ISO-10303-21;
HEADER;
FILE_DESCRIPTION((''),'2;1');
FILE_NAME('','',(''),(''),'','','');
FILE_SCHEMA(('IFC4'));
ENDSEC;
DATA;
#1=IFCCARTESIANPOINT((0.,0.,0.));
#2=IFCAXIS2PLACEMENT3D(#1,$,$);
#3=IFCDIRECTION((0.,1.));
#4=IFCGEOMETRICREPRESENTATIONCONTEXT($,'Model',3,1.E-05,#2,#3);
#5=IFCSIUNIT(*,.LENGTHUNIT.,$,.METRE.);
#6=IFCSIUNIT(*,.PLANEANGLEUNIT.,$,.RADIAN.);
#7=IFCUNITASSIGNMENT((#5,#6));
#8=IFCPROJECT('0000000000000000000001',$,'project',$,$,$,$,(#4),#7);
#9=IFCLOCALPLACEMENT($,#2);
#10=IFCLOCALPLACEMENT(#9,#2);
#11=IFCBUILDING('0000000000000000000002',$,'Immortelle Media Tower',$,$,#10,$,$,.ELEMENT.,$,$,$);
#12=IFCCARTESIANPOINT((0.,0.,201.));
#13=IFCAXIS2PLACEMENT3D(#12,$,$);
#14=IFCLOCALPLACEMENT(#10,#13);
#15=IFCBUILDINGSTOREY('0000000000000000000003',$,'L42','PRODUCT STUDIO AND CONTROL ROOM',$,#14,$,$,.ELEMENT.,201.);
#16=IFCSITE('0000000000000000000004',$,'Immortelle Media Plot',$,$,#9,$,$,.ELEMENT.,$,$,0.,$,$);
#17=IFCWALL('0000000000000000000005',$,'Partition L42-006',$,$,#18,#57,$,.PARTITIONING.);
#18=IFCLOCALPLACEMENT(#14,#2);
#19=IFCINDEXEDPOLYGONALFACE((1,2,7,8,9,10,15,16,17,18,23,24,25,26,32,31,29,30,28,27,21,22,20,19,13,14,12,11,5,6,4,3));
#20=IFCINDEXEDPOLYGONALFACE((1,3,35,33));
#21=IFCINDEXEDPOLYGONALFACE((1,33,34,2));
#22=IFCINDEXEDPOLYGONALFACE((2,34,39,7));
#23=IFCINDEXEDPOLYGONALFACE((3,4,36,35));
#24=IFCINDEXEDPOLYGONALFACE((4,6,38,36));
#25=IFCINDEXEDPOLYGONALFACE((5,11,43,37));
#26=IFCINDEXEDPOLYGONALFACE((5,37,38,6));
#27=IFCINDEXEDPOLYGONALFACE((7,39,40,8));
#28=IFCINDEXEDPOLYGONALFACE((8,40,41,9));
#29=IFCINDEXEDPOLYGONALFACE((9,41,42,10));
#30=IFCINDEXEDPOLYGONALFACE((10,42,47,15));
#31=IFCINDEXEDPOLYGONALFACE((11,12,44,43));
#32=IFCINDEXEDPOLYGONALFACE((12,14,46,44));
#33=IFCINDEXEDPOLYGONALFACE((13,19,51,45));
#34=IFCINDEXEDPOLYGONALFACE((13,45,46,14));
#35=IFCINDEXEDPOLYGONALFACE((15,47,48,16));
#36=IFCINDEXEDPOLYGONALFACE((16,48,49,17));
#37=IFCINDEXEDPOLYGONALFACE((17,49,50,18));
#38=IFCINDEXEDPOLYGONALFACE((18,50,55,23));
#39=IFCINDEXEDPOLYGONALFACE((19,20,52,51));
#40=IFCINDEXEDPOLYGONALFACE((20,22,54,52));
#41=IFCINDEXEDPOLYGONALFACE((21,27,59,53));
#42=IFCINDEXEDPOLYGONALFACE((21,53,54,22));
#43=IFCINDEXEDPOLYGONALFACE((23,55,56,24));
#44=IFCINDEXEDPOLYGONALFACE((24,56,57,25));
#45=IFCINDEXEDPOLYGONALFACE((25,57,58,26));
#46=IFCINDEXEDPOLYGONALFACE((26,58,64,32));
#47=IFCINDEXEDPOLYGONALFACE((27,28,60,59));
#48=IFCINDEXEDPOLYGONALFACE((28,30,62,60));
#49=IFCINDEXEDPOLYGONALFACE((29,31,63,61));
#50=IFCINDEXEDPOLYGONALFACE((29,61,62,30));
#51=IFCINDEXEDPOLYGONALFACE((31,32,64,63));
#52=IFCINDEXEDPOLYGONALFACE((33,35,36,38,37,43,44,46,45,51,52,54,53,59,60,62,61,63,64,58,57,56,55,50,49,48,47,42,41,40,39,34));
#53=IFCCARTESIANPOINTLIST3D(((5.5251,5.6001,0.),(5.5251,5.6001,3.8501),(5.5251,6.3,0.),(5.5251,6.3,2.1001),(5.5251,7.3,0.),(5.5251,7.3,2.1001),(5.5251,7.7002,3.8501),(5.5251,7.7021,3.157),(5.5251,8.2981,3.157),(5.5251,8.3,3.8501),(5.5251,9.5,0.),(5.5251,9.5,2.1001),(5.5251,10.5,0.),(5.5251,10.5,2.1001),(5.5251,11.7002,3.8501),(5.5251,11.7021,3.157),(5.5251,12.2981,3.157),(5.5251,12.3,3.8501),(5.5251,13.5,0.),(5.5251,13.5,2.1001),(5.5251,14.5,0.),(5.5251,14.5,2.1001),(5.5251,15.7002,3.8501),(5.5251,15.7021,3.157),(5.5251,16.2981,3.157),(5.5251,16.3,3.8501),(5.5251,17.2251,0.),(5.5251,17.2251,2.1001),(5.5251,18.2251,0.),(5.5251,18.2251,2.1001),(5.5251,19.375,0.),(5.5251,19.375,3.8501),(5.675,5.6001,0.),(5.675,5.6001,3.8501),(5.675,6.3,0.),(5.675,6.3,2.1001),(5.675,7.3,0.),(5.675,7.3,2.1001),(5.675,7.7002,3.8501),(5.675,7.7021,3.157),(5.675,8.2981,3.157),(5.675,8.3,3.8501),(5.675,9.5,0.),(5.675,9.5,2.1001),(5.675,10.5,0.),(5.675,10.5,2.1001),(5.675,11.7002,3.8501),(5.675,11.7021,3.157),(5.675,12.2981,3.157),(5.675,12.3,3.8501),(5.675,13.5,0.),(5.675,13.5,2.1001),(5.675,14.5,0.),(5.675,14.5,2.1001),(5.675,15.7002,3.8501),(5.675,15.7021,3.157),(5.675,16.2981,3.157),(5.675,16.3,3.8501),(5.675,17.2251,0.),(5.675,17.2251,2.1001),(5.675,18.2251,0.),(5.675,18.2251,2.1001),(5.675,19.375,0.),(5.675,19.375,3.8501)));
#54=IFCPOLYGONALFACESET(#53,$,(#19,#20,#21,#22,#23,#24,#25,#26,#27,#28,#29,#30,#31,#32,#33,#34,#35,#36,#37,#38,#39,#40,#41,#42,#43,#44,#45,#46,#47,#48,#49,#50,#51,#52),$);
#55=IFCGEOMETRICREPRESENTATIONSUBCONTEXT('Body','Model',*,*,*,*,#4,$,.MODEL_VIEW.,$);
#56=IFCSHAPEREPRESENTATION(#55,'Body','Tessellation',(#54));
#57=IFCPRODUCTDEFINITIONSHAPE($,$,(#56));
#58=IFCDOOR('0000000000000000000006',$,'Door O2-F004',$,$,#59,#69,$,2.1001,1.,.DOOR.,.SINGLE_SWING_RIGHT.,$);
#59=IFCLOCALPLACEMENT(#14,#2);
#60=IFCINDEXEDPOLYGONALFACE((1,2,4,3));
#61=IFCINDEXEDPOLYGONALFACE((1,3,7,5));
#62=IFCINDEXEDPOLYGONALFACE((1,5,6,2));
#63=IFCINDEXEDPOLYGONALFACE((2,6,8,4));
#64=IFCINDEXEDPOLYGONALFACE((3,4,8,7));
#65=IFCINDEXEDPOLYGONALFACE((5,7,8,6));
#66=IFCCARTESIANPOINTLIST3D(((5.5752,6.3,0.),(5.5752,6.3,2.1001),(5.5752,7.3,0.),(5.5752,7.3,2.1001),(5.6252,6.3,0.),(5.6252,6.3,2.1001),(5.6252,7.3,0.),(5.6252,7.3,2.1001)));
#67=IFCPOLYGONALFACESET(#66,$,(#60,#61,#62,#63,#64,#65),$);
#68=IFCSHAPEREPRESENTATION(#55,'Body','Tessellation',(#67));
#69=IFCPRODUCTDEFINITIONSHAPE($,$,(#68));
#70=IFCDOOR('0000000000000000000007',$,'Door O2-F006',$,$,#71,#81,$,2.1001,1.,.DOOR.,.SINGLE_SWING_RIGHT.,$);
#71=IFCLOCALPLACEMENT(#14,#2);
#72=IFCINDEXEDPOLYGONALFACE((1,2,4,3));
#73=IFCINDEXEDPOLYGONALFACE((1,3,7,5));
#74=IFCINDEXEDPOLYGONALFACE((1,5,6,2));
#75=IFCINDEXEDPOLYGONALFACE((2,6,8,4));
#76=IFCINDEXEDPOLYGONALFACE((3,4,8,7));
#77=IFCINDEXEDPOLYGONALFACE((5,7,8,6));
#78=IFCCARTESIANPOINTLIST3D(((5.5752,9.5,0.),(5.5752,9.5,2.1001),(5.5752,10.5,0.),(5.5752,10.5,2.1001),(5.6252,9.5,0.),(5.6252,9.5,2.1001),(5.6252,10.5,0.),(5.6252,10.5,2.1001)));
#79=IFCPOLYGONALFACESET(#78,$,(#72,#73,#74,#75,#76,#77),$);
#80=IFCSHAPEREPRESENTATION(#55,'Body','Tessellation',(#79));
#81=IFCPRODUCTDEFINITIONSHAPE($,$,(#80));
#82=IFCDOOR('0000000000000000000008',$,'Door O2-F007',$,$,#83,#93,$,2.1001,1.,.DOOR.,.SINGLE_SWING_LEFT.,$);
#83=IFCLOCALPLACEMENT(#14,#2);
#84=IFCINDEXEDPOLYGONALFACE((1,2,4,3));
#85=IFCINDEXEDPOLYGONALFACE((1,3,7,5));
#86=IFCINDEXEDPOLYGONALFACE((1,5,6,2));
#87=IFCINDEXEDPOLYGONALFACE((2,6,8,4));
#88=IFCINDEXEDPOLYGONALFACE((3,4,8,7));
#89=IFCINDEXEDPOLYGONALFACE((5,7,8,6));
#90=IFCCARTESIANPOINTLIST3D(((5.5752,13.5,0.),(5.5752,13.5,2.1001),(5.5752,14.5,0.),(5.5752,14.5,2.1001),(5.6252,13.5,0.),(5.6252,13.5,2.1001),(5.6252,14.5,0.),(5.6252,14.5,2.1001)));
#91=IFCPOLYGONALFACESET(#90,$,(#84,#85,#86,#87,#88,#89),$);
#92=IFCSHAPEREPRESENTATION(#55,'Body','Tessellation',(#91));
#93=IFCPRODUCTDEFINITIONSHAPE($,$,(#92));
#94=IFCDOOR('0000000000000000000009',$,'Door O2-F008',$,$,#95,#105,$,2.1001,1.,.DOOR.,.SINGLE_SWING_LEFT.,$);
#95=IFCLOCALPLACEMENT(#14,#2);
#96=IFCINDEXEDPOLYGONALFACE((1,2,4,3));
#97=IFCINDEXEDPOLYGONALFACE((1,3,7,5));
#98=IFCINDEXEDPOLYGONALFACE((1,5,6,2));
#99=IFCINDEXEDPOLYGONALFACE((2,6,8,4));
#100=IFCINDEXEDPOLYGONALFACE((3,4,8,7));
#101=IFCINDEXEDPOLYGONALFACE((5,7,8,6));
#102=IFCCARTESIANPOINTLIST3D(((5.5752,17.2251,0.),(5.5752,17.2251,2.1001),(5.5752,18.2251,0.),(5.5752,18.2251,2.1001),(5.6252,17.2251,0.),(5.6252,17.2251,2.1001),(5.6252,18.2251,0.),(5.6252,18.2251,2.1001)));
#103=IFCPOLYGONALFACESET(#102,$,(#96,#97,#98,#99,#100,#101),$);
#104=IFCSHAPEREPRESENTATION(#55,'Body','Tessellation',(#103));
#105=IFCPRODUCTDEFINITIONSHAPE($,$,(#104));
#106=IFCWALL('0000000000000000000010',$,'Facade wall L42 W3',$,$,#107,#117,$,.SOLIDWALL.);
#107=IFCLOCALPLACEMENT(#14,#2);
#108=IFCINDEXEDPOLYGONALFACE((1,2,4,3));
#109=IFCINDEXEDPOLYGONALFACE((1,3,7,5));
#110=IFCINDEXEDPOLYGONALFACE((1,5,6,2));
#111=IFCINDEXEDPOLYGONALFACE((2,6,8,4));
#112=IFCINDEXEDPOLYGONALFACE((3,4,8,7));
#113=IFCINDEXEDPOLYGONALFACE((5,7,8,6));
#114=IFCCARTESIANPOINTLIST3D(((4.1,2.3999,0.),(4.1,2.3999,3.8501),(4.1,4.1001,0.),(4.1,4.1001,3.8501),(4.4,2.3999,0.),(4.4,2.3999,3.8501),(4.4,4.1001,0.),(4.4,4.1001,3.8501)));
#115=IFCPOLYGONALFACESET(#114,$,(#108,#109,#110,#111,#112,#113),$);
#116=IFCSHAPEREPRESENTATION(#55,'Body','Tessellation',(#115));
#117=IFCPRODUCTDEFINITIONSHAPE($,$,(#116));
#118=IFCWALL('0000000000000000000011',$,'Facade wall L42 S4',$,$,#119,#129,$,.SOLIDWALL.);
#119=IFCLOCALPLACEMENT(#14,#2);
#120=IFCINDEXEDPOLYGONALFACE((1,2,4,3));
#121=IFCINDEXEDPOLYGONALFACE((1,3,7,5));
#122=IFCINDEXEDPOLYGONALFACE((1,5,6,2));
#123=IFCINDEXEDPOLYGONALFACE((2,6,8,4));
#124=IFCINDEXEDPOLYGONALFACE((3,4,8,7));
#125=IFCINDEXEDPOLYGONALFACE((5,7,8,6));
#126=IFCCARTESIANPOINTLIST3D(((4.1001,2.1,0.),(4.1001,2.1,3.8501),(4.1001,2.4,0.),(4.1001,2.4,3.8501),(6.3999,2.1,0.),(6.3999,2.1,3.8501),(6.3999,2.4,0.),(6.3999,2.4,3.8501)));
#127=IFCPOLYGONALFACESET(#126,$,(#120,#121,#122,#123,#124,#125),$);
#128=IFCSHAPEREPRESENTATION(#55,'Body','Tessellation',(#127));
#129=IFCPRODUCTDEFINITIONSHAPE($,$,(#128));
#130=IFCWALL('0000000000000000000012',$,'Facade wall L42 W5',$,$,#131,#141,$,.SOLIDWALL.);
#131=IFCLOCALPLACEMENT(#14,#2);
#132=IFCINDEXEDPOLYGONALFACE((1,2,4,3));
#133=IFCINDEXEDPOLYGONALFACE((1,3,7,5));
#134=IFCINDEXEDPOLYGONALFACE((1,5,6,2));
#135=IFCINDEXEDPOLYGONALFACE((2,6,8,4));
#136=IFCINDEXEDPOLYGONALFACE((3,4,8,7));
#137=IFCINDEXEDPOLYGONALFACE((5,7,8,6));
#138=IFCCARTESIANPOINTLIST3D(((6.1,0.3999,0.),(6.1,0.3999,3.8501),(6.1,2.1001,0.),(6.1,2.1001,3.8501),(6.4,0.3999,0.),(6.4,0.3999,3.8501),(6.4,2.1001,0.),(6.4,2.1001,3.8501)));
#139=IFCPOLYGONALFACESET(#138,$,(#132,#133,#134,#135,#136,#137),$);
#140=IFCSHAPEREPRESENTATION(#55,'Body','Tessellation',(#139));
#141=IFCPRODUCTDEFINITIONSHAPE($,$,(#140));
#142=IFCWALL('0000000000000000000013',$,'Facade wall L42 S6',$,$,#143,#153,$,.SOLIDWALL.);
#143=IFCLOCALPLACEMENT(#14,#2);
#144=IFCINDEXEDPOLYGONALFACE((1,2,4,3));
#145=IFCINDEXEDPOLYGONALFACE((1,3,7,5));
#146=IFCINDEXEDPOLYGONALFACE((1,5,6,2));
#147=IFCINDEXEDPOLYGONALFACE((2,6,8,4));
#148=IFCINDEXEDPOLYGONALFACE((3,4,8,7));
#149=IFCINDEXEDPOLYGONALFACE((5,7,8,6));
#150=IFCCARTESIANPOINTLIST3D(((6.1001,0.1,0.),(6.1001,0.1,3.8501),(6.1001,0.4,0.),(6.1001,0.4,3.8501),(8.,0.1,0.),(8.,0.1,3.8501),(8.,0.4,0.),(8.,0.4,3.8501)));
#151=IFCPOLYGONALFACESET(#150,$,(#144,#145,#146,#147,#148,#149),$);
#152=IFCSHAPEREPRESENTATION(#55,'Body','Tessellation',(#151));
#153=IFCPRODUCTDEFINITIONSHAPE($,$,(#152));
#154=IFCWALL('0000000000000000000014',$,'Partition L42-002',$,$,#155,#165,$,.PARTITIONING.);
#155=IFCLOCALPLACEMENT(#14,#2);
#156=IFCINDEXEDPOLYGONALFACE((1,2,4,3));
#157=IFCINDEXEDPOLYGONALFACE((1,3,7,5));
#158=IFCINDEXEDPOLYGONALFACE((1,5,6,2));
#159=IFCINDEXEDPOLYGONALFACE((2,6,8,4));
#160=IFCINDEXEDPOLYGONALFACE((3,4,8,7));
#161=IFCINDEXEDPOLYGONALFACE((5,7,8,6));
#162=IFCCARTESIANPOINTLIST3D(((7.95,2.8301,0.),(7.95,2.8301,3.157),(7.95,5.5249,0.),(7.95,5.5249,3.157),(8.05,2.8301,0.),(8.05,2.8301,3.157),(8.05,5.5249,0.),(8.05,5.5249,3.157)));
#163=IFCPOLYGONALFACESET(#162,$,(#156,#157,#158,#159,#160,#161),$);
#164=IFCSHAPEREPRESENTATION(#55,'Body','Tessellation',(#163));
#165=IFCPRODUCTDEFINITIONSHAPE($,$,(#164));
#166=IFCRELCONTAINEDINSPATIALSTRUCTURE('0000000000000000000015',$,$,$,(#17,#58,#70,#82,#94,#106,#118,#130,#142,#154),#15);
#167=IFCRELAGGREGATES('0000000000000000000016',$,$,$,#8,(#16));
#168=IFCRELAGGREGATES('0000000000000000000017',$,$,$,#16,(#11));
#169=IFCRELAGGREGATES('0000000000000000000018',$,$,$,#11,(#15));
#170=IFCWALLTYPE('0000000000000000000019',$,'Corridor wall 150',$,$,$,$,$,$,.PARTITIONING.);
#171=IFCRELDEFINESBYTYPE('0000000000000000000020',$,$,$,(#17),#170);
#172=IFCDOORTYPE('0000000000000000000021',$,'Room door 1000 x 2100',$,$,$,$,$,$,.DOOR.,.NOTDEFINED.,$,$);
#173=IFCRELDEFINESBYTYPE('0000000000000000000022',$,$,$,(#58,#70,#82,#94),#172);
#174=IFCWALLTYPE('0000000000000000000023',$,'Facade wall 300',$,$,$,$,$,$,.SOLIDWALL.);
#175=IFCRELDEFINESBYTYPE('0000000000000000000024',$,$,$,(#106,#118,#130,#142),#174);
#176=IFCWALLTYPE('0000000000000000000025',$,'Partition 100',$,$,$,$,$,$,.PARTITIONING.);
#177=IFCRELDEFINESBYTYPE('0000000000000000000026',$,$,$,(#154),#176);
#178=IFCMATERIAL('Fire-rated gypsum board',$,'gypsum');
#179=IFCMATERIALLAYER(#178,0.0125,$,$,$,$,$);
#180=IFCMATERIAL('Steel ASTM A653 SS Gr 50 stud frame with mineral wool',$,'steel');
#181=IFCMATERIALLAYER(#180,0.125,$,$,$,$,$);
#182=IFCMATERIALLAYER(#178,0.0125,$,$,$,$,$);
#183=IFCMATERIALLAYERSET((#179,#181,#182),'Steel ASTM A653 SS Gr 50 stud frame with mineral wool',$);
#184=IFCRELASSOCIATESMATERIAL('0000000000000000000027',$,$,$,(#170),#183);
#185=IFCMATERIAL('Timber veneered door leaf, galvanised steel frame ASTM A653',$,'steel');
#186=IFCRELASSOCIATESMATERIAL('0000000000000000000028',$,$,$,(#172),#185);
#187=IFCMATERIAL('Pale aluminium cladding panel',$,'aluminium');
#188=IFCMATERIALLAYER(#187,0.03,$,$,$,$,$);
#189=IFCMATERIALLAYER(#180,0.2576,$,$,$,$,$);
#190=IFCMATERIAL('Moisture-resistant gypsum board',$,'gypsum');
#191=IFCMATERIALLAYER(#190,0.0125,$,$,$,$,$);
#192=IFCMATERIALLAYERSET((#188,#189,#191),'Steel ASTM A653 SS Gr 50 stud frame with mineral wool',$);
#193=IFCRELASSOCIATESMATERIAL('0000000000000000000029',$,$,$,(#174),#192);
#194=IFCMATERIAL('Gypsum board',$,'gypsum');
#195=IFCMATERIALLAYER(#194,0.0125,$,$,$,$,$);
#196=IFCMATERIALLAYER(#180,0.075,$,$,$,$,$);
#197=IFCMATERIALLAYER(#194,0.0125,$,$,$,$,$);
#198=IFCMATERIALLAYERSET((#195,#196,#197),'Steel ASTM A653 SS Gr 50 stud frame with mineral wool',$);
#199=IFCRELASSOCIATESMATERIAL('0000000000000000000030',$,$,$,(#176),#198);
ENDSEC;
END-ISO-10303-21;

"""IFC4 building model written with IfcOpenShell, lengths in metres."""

from ifc_helpers import new_model, si_unit, direction, frame, frame_2d, origin, place, context, subcontext, project, spatial, polyline, rectangle, outline, extrude, material, layer, layer_set, type_object, element, fill, save


model = new_model("IFC4")

# Units and contexts
model_context = context("Model", 3, precision=1e-05, world=origin(), true_north=direction((0.0, 1.0)))
body_context = subcontext(model_context, "Body", "Model", "MODEL_VIEW")
ifc_project = project(units=[si_unit("LENGTHUNIT", "METRE"), si_unit("PLANEANGLEUNIT", "RADIAN")], contexts=[model_context])

# Site, building, storey
site_placement = place(None, origin())
site = spatial("IfcSite", under=ifc_project, at=site_placement, Name="Immortelle Media Plot", CompositionType="ELEMENT", RefElevation=0.0)
building_placement = place(site_placement, origin())
building = spatial("IfcBuilding", under=site, at=building_placement, Name="Immortelle Media Tower", CompositionType="ELEMENT")
storey_placement = place(building_placement, frame((0.0, 0.0, 201.0)))
storey = spatial("IfcBuildingStorey", under=building, at=storey_placement, Name="L42", Description="PRODUCT STUDIO AND CONTROL ROOM", CompositionType="ELEMENT", Elevation=201.0)

# Wall, openings, doors
ifc_material_1 = material(Name="Fire-rated gypsum board", Category="gypsum")
ifc_layer_1 = layer(ifc_material_1, 0.0125)
ifc_material_2 = material(Name="Steel ASTM A653 SS Gr 50 stud frame with mineral wool", Category="steel")
ifc_layer_2 = layer(ifc_material_2, 0.125)
ifc_layer_3 = layer(ifc_material_1, 0.0125)
ifc_layer_set_1 = layer_set([ifc_layer_1, ifc_layer_2, ifc_layer_3], Name="Steel ASTM A653 SS Gr 50 stud frame with mineral wool")
wall_type_1 = type_object("IfcWallType", Name="Corridor wall 150", PredefinedType="PARTITIONING", material=ifc_layer_set_1)
ifc_material_3 = material(Name="Timber veneered door leaf, galvanised steel frame ASTM A653", Category="steel")
door_type = type_object("IfcDoorType", Name="Room door 1000 x 2100", OperationType="NOTDEFINED", PredefinedType="DOOR", material=ifc_material_3)
wall_1_placement = place(storey_placement, frame((5.6001, 5.6001, 0.0), z_axis=(0.0, 0.0, 1.0), x_axis=(0.0, 1.0, 0.0)))
wall_1 = element("IfcWall", 1, at=wall_1_placement, inside=storey, type_object=wall_type_1, Name="Partition L42-006", PredefinedType="PARTITIONING", context=body_context, shape_type="SweptSolid", body=[
    extrude(outline(polyline([(0.0, 0.0), (13.7749, 0.0), (13.7749, 3.8501), (10.7, 3.8501), (10.698, 3.157), (10.1021, 3.157), (10.1001, 3.8501), (6.7, 3.8501), (6.698, 3.157), (6.1021, 3.157), (6.1001, 3.8501), (2.7, 3.8501), (2.698, 3.157), (2.1021, 3.157), (2.1001, 3.8501), (0.0, 3.8501), (0.0, 0.0)])), frame((0.0, 0.075, 0.0), z_axis=(0.0, -1.0, 0.0), x_axis=(1.0, 0.0, 0.0)), (0.0, 0.0, 1.0), 0.1499),
])
opening_1_placement = place(wall_1_placement, frame((0.7, 0.0, 0.0)))
opening_1 = element("IfcOpeningElement", 2, at=opening_1_placement, cuts=wall_1, PredefinedType="OPENING", context=body_context, shape_type="SweptSolid", body=[
    extrude(rectangle(XDim=1.0, YDim=2.1001, at=frame_2d((0.5, 1.05))), frame((0.0, 0.085, 0.0), z_axis=(0.0, -1.0, 0.0), x_axis=(1.0, 0.0, 0.0)), (0.0, 0.0, 1.0), 0.1699),
])
opening_2_placement = place(wall_1_placement, frame((3.8999, 0.0, 0.0)))
opening_2 = element("IfcOpeningElement", 3, at=opening_2_placement, cuts=wall_1, PredefinedType="OPENING", context=body_context, shape_type="SweptSolid", body=[
    extrude(rectangle(XDim=1.0, YDim=2.1001, at=frame_2d((0.5, 1.05))), frame((0.0, 0.085, 0.0), z_axis=(0.0, -1.0, 0.0), x_axis=(1.0, 0.0, 0.0)), (0.0, 0.0, 1.0), 0.1699),
])
opening_3_placement = place(wall_1_placement, frame((7.8999, 0.0, 0.0)))
opening_3 = element("IfcOpeningElement", 4, at=opening_3_placement, cuts=wall_1, PredefinedType="OPENING", context=body_context, shape_type="SweptSolid", body=[
    extrude(rectangle(XDim=1.0, YDim=2.1001, at=frame_2d((0.5, 1.05))), frame((0.0, 0.085, 0.0), z_axis=(0.0, -1.0, 0.0), x_axis=(1.0, 0.0, 0.0)), (0.0, 0.0, 1.0), 0.1699),
])
opening_4_placement = place(wall_1_placement, frame((11.625, 0.0, 0.0)))
opening_4 = element("IfcOpeningElement", 5, at=opening_4_placement, cuts=wall_1, PredefinedType="OPENING", context=body_context, shape_type="SweptSolid", body=[
    extrude(rectangle(XDim=1.0, YDim=2.1001, at=frame_2d((0.5, 1.05))), frame((0.0, 0.085, 0.0), z_axis=(0.0, -1.0, 0.0), x_axis=(1.0, 0.0, 0.0)), (0.0, 0.0, 1.0), 0.1699),
])
door_1_placement = place(opening_1_placement, origin())
door_1 = element("IfcDoor", 6, at=door_1_placement, inside=storey, type_object=door_type, Name="Door O2-F004", OperationType="SINGLE_SWING_RIGHT", OverallHeight=2.1001, OverallWidth=1.0, PredefinedType="DOOR", context=body_context, shape_type="SweptSolid", body=[
    extrude(rectangle(XDim=1.0, YDim=2.1001, at=frame_2d((0.5, 1.05))), frame((0.0, 0.0249, 0.0), z_axis=(0.0, -1.0, 0.0), x_axis=(1.0, 0.0, 0.0)), (0.0, 0.0, 1.0), 0.05),
])
fill(opening_1, door_1)
door_2_placement = place(opening_2_placement, origin())
door_2 = element("IfcDoor", 7, at=door_2_placement, inside=storey, type_object=door_type, Name="Door O2-F006", OperationType="SINGLE_SWING_RIGHT", OverallHeight=2.1001, OverallWidth=1.0, PredefinedType="DOOR", context=body_context, shape_type="SweptSolid", body=[
    extrude(rectangle(XDim=1.0, YDim=2.1001, at=frame_2d((0.5, 1.05))), frame((0.0, 0.0249, 0.0), z_axis=(0.0, -1.0, 0.0), x_axis=(1.0, 0.0, 0.0)), (0.0, 0.0, 1.0), 0.05),
])
fill(opening_2, door_2)
door_3_placement = place(opening_3_placement, origin())
door_3 = element("IfcDoor", 8, at=door_3_placement, inside=storey, type_object=door_type, Name="Door O2-F007", OperationType="SINGLE_SWING_LEFT", OverallHeight=2.1001, OverallWidth=1.0, PredefinedType="DOOR", context=body_context, shape_type="SweptSolid", body=[
    extrude(rectangle(XDim=1.0, YDim=2.1001, at=frame_2d((0.5, 1.05))), frame((0.0, 0.0249, 0.0), z_axis=(0.0, -1.0, 0.0), x_axis=(1.0, 0.0, 0.0)), (0.0, 0.0, 1.0), 0.05),
])
fill(opening_3, door_3)
door_4_placement = place(opening_4_placement, origin())
door_4 = element("IfcDoor", 9, at=door_4_placement, inside=storey, type_object=door_type, Name="Door O2-F008", OperationType="SINGLE_SWING_LEFT", OverallHeight=2.1001, OverallWidth=1.0, PredefinedType="DOOR", context=body_context, shape_type="SweptSolid", body=[
    extrude(rectangle(XDim=1.0, YDim=2.1001, at=frame_2d((0.5, 1.05))), frame((0.0, 0.0249, 0.0), z_axis=(0.0, -1.0, 0.0), x_axis=(1.0, 0.0, 0.0)), (0.0, 0.0, 1.0), 0.05),
])
fill(opening_4, door_4)

# Walls
ifc_material_4 = material(Name="Pale aluminium cladding panel", Category="aluminium")
ifc_layer_4 = layer(ifc_material_4, 0.03)
ifc_layer_5 = layer(ifc_material_2, 0.2576)
ifc_material_5 = material(Name="Moisture-resistant gypsum board", Category="gypsum")
ifc_layer_6 = layer(ifc_material_5, 0.0125)
ifc_layer_set_2 = layer_set([ifc_layer_4, ifc_layer_5, ifc_layer_6], Name="Steel ASTM A653 SS Gr 50 stud frame with mineral wool")
wall_type_2 = type_object("IfcWallType", Name="Facade wall 300", PredefinedType="SOLIDWALL", material=ifc_layer_set_2)
wall_2_placement = place(storey_placement, frame((4.25, 4.1001, 0.0), z_axis=(0.0, 0.0, 1.0), x_axis=(0.0, -1.0, 0.0)))
element("IfcWall", 10, at=wall_2_placement, inside=storey, type_object=wall_type_2, Name="Facade wall L42 W3", PredefinedType="SOLIDWALL", context=body_context, shape_type="SweptSolid", body=[
    extrude(rectangle(XDim=1.7002, YDim=0.3, at=frame_2d((0.8501, 0.0))), origin(), (0.0, 0.0, 1.0), 3.8501),
])
wall_3_placement = place(storey_placement, frame((4.1001, 2.25, 0.0), z_axis=(0.0, 0.0, 1.0), x_axis=(1.0, 0.0, 0.0)))
element("IfcWall", 11, at=wall_3_placement, inside=storey, type_object=wall_type_2, Name="Facade wall L42 S4", PredefinedType="SOLIDWALL", context=body_context, shape_type="SweptSolid", body=[
    extrude(rectangle(XDim=2.2998, YDim=0.3, at=frame_2d((1.1499, 0.0))), origin(), (0.0, 0.0, 1.0), 3.8501),
])
wall_4_placement = place(storey_placement, frame((6.25, 2.1001, 0.0), z_axis=(0.0, 0.0, 1.0), x_axis=(0.0, -1.0, 0.0)))
element("IfcWall", 12, at=wall_4_placement, inside=storey, type_object=wall_type_2, Name="Facade wall L42 W5", PredefinedType="SOLIDWALL", context=body_context, shape_type="SweptSolid", body=[
    extrude(rectangle(XDim=1.7002, YDim=0.3, at=frame_2d((0.8501, 0.0))), origin(), (0.0, 0.0, 1.0), 3.8501),
])
wall_5_placement = place(storey_placement, frame((6.1001, 0.25, 0.0), z_axis=(0.0, 0.0, 1.0), x_axis=(1.0, 0.0, 0.0)))
element("IfcWall", 13, at=wall_5_placement, inside=storey, type_object=wall_type_2, Name="Facade wall L42 S6", PredefinedType="SOLIDWALL", context=body_context, shape_type="SweptSolid", body=[
    extrude(rectangle(XDim=1.8999, YDim=0.3, at=frame_2d((0.95, 0.0))), origin(), (0.0, 0.0, 1.0), 3.8501),
])
ifc_material_6 = material(Name="Gypsum board", Category="gypsum")
ifc_layer_7 = layer(ifc_material_6, 0.0125)
ifc_layer_8 = layer(ifc_material_2, 0.075)
ifc_layer_9 = layer(ifc_material_6, 0.0125)
ifc_layer_set_3 = layer_set([ifc_layer_7, ifc_layer_8, ifc_layer_9], Name="Steel ASTM A653 SS Gr 50 stud frame with mineral wool")
wall_type_3 = type_object("IfcWallType", Name="Partition 100", PredefinedType="PARTITIONING", material=ifc_layer_set_3)
wall_6_placement = place(storey_placement, frame((8.0, 2.8301, 0.0), z_axis=(0.0, 0.0, 1.0), x_axis=(0.0, 1.0, 0.0)))
element("IfcWall", 14, at=wall_6_placement, inside=storey, type_object=wall_type_3, Name="Partition L42-002", PredefinedType="PARTITIONING", context=body_context, shape_type="SweptSolid", body=[
    extrude(rectangle(XDim=2.6948, YDim=0.1001, at=frame_2d((1.3474, 0.0))), origin(), (0.0, 0.0, 1.0), 3.157),
])

save(model, "model.ifc")
